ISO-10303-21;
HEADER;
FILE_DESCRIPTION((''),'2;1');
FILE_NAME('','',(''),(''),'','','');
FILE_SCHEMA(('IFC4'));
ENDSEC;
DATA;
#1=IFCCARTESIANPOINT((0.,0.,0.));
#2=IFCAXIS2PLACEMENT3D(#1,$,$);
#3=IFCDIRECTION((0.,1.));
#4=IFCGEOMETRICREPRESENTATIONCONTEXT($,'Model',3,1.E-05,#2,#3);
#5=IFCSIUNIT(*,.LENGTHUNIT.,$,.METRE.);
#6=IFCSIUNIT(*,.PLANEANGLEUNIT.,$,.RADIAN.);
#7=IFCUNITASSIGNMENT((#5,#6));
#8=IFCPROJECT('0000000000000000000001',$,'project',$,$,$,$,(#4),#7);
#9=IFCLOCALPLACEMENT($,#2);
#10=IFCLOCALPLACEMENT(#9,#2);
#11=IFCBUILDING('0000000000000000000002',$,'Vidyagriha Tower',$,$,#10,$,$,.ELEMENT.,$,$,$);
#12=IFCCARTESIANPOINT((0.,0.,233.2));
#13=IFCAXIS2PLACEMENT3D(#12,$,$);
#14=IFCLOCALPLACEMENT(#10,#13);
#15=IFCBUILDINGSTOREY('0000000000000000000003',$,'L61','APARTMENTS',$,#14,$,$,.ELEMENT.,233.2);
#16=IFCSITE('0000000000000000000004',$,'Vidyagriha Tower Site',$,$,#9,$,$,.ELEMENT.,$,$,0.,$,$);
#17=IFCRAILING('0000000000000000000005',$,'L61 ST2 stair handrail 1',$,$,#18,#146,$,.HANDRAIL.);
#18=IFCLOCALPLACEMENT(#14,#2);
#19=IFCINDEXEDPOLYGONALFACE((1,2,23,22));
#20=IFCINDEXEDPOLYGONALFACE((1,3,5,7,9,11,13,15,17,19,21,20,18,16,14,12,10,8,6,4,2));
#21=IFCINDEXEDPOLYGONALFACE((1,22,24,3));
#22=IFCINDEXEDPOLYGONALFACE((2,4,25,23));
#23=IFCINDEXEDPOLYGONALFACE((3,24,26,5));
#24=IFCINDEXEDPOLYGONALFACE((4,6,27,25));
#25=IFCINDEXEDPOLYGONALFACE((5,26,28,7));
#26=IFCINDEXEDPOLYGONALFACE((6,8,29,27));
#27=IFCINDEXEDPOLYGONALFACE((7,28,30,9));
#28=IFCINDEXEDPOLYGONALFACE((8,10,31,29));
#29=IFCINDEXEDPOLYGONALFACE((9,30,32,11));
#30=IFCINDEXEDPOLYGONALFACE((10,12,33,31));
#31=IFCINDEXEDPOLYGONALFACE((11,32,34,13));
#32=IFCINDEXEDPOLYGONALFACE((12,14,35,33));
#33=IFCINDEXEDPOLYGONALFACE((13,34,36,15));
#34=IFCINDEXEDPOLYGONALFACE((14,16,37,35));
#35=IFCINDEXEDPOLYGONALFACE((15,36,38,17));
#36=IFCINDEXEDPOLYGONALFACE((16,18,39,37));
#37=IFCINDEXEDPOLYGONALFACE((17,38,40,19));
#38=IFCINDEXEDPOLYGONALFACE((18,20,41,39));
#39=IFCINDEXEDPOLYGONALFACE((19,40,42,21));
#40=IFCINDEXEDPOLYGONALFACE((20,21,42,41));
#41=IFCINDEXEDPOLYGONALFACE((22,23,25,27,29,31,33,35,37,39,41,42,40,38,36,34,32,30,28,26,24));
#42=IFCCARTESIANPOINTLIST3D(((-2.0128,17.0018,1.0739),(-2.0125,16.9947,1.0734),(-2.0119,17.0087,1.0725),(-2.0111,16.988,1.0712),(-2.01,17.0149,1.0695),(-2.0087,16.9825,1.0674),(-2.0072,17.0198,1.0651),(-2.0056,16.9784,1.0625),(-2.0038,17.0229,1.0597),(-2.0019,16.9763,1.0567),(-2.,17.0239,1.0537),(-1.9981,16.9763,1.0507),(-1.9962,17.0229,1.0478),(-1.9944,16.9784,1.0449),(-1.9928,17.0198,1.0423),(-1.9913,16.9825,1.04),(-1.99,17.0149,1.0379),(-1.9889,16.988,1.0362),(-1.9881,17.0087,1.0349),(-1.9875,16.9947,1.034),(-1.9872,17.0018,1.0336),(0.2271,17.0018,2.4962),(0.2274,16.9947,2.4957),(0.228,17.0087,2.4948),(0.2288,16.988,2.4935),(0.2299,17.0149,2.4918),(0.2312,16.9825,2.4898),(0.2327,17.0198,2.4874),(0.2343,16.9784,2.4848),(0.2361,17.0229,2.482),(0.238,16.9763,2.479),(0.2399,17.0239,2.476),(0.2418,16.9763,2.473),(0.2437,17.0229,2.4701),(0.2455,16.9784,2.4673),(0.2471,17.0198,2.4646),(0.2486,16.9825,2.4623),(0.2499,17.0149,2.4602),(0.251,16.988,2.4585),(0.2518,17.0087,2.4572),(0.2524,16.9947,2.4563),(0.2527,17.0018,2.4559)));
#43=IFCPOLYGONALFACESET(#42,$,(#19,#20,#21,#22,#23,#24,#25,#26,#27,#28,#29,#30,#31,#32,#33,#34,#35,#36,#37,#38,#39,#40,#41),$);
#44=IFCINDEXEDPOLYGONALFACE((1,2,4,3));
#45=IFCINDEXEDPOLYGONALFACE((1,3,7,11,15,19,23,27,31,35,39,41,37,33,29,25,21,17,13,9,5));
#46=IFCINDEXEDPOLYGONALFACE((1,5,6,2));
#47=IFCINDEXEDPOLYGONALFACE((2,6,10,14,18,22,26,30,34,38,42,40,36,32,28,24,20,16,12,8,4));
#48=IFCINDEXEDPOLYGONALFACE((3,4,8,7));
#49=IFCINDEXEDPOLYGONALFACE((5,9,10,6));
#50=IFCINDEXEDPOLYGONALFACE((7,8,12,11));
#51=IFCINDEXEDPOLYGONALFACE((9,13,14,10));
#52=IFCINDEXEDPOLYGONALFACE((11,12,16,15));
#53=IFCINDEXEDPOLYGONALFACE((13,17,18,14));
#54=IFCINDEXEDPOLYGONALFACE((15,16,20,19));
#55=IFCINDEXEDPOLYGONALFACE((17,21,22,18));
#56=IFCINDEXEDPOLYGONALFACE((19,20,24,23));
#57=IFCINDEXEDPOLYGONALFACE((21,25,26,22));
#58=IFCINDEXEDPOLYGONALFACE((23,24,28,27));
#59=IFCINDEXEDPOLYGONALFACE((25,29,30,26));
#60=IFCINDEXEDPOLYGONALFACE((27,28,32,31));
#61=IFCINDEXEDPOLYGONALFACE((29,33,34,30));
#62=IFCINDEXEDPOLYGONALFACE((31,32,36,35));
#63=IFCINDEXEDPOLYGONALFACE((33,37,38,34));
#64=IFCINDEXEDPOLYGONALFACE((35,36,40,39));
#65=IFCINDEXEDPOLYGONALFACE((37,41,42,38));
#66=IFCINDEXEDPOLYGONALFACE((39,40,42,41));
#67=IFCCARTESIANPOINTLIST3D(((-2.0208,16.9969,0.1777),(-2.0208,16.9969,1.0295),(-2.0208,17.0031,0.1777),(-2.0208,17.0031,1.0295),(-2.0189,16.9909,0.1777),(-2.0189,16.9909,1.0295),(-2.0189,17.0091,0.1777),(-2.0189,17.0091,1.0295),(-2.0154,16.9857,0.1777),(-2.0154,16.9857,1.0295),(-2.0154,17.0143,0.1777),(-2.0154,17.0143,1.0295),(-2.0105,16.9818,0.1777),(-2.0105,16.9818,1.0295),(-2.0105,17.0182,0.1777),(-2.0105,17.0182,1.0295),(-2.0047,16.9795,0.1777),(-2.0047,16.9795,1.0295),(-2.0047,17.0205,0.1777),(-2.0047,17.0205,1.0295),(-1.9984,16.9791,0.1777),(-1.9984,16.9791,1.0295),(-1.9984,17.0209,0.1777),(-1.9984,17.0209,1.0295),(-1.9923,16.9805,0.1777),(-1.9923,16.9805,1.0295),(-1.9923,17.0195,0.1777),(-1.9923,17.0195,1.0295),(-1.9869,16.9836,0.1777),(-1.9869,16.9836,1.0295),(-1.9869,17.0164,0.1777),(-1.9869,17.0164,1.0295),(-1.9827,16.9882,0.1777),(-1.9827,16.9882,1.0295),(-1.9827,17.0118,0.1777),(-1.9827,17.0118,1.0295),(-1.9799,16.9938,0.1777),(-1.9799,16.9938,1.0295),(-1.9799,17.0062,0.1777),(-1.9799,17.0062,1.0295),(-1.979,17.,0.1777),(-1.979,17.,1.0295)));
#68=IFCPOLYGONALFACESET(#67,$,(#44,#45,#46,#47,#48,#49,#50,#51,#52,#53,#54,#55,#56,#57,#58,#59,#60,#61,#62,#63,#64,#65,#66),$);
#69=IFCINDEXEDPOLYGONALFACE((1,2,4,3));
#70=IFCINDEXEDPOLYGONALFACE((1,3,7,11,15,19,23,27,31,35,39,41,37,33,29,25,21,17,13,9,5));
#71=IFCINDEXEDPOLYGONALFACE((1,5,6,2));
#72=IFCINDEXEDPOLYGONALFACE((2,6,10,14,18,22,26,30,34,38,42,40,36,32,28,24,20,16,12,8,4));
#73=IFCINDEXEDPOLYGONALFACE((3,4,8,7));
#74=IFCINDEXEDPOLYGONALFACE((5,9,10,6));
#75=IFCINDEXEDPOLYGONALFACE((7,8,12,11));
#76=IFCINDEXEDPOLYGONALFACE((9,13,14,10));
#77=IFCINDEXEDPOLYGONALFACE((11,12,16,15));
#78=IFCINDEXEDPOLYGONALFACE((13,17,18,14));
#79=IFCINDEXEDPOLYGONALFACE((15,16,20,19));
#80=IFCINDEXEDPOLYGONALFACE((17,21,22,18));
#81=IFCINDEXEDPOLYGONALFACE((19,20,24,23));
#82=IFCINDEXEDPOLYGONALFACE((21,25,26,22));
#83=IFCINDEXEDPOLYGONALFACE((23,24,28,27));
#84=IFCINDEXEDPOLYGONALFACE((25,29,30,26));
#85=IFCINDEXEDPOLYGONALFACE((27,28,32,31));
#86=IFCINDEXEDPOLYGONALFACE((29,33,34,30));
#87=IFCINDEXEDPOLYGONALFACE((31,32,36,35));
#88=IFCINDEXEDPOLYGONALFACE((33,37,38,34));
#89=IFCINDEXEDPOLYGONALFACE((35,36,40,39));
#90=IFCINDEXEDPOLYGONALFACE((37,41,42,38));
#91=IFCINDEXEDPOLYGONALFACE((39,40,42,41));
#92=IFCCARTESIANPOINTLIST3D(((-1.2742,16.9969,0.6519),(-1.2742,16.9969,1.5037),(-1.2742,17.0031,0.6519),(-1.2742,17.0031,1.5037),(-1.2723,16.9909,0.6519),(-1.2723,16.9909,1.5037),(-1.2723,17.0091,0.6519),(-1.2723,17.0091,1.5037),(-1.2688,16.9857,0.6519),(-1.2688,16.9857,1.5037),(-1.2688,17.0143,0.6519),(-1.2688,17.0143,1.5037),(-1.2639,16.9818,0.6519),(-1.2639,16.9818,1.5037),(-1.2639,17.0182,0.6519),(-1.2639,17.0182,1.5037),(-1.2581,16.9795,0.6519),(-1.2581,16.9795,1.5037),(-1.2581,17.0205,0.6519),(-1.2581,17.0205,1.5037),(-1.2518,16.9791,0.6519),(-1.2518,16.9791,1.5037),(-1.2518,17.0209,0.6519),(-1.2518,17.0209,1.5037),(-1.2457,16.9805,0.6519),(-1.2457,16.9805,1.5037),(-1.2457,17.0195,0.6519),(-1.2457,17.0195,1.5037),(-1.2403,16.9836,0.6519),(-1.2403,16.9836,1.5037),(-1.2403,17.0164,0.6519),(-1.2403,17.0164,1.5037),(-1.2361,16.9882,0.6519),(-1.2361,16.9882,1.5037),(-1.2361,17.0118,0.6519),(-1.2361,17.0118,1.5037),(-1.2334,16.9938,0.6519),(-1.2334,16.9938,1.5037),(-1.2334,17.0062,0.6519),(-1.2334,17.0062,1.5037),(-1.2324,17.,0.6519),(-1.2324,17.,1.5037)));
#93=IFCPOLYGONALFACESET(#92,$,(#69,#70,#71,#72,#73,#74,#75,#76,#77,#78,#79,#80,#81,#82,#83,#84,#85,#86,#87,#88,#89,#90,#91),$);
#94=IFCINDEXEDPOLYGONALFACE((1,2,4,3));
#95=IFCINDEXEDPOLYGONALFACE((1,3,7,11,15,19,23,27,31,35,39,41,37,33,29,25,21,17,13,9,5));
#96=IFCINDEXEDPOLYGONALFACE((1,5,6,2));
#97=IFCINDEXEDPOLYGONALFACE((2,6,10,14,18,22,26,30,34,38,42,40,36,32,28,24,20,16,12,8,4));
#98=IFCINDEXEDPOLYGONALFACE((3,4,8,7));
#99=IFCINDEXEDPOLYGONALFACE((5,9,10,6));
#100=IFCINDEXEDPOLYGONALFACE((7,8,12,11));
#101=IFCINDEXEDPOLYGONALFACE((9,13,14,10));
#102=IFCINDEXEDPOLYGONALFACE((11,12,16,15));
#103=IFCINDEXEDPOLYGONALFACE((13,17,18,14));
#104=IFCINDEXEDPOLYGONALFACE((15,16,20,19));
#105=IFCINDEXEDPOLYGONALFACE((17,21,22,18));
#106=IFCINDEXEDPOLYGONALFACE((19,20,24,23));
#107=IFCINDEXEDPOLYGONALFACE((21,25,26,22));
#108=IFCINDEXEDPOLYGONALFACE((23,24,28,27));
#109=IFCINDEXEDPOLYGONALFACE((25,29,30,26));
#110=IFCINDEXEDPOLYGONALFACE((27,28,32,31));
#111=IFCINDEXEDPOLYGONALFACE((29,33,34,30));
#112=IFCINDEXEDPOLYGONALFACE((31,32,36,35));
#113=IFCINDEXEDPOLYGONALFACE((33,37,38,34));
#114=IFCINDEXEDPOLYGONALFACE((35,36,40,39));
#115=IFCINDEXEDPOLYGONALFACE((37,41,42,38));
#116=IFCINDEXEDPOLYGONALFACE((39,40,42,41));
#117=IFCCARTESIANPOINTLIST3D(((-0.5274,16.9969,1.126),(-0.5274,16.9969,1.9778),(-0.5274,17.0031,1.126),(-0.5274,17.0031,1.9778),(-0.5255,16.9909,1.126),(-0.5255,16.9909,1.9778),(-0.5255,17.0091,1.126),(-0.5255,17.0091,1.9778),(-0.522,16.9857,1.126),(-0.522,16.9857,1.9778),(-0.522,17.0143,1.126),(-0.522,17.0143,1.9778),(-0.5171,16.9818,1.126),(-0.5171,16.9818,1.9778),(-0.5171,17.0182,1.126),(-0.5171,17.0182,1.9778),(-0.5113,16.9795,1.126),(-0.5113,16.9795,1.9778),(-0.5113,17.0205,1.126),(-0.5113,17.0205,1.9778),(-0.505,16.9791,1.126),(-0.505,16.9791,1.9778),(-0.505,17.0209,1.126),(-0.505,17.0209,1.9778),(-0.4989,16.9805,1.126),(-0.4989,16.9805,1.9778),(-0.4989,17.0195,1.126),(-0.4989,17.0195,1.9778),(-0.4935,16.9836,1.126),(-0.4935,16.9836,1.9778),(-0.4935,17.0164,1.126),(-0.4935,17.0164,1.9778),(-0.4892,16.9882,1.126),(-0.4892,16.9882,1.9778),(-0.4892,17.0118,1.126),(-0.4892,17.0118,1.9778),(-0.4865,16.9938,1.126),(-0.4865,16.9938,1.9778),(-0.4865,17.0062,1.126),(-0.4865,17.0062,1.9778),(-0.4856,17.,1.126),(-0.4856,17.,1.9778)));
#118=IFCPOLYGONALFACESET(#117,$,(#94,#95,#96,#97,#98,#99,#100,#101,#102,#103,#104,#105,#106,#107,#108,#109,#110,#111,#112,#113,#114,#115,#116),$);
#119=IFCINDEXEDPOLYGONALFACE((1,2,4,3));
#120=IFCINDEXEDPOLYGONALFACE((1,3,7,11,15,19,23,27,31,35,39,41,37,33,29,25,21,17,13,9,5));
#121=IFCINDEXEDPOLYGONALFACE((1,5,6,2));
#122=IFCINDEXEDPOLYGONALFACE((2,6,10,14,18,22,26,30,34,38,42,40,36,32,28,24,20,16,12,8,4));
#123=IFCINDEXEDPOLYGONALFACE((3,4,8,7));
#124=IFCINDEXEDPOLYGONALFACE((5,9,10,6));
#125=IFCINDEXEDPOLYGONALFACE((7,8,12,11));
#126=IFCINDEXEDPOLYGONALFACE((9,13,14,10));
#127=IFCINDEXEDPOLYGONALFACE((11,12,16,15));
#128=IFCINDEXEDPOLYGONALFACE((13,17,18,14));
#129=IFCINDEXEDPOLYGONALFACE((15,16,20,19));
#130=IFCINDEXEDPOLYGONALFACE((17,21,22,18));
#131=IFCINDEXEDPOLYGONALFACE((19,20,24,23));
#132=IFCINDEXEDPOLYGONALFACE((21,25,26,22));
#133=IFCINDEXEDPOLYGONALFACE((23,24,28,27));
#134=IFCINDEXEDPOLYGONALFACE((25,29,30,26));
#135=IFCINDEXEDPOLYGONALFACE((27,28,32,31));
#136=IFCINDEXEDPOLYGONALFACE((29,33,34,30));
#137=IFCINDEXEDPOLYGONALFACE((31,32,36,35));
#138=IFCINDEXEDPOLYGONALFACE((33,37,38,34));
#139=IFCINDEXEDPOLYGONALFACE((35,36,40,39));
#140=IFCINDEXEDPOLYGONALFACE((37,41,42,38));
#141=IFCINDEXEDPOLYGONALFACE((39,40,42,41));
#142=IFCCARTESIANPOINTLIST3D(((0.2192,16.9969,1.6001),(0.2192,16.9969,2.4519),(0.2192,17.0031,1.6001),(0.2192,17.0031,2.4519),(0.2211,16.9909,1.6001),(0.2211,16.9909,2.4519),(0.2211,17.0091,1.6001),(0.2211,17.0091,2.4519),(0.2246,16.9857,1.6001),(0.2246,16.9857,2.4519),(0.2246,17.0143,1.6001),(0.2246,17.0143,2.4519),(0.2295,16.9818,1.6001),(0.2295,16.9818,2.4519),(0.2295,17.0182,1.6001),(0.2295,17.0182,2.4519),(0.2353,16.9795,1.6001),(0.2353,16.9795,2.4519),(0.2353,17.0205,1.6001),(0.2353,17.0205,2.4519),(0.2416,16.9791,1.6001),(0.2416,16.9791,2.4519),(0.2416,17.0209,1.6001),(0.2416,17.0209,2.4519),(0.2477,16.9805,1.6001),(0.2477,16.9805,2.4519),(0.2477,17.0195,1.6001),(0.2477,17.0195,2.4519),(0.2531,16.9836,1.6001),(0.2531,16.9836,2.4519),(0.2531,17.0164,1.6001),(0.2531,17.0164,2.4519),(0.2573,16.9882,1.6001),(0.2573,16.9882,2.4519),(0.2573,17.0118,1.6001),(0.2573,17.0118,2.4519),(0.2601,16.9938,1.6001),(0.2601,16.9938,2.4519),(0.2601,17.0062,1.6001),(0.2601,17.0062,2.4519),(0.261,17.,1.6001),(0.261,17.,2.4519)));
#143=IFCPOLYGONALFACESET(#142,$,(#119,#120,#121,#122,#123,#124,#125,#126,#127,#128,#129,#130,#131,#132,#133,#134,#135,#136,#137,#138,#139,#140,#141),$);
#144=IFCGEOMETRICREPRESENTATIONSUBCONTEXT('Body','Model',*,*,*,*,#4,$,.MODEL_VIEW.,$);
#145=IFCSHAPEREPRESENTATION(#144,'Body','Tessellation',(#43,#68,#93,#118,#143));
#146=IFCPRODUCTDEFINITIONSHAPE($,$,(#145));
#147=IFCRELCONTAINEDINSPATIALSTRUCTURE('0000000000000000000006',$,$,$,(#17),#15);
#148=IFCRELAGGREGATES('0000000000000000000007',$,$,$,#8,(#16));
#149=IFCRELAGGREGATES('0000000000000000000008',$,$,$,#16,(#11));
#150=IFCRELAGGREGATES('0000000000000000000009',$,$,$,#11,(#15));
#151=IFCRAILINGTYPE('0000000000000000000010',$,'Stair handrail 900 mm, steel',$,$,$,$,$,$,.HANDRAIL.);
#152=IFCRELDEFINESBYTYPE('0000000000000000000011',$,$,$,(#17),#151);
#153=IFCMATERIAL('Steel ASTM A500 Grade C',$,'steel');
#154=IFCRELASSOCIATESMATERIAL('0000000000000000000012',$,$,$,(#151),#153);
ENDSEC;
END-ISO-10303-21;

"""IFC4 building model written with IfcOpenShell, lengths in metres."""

from ifc_helpers import new_model, si_unit, direction, frame, origin, origin_2d, place, context, subcontext, project, spatial, circle, extrude, material, type_object, element, save


model = new_model("IFC4")

# Units and contexts
model_context = context("Model", 3, precision=1e-05, world=origin(), true_north=direction((0.0, 1.0)))
body_context = subcontext(model_context, "Body", "Model", "MODEL_VIEW")
ifc_project = project(units=[si_unit("LENGTHUNIT", "METRE"), si_unit("PLANEANGLEUNIT", "RADIAN")], contexts=[model_context])

# Site, building, storey
site_placement = place(None, origin())
site = spatial("IfcSite", under=ifc_project, at=site_placement, Name="Vidyagriha Tower Site", CompositionType="ELEMENT", RefElevation=0.0)
building_placement = place(site_placement, origin())
building = spatial("IfcBuilding", under=site, at=building_placement, Name="Vidyagriha Tower", CompositionType="ELEMENT")
storey_placement = place(building_placement, frame((0.0, 0.0, 233.2)))
storey = spatial("IfcBuildingStorey", under=building, at=storey_placement, Name="L61", Description="APARTMENTS", CompositionType="ELEMENT", Elevation=233.2)

# Railing
ifc_material_1 = material(Name="Steel ASTM A500 Grade C", Category="steel")
railing_type_1 = type_object("IfcRailingType", Name="Stair handrail 900 mm, steel", PredefinedType="HANDRAIL", material=ifc_material_1)
railing_1_placement = place(storey_placement, frame((-2.0, 17.0, 0.1777)))
element("IfcRailing", 1, at=railing_1_placement, inside=storey, type_object=railing_type_1, Name="L61 ST2 stair handrail 1", PredefinedType="HANDRAIL", context=body_context, shape_type="SweptSolid", body=[
    extrude(circle(Radius=0.0239, at=origin_2d()), frame((0.0, 0.0, 0.876), z_axis=(0.844188, 0.0, 0.536048), x_axis=(0.0, 1.0, 0.0)), (0.0, 0.0, 1.0), 2.6533),
    extrude(circle(Radius=0.021, at=origin_2d()), origin(), (0.0, 0.0, 1.0), 0.8518),
    extrude(circle(Radius=0.021, at=origin_2d()), frame((0.7466, 0.0, 0.4741)), (0.0, 0.0, 1.0), 0.8518),
    extrude(circle(Radius=0.021, at=origin_2d()), frame((1.4934, 0.0, 0.9482)), (0.0, 0.0, 1.0), 0.8518),
    extrude(circle(Radius=0.021, at=origin_2d()), frame((2.24, 0.0, 1.4224)), (0.0, 0.0, 1.0), 0.8518),
])

save(model, "model.ifc")
